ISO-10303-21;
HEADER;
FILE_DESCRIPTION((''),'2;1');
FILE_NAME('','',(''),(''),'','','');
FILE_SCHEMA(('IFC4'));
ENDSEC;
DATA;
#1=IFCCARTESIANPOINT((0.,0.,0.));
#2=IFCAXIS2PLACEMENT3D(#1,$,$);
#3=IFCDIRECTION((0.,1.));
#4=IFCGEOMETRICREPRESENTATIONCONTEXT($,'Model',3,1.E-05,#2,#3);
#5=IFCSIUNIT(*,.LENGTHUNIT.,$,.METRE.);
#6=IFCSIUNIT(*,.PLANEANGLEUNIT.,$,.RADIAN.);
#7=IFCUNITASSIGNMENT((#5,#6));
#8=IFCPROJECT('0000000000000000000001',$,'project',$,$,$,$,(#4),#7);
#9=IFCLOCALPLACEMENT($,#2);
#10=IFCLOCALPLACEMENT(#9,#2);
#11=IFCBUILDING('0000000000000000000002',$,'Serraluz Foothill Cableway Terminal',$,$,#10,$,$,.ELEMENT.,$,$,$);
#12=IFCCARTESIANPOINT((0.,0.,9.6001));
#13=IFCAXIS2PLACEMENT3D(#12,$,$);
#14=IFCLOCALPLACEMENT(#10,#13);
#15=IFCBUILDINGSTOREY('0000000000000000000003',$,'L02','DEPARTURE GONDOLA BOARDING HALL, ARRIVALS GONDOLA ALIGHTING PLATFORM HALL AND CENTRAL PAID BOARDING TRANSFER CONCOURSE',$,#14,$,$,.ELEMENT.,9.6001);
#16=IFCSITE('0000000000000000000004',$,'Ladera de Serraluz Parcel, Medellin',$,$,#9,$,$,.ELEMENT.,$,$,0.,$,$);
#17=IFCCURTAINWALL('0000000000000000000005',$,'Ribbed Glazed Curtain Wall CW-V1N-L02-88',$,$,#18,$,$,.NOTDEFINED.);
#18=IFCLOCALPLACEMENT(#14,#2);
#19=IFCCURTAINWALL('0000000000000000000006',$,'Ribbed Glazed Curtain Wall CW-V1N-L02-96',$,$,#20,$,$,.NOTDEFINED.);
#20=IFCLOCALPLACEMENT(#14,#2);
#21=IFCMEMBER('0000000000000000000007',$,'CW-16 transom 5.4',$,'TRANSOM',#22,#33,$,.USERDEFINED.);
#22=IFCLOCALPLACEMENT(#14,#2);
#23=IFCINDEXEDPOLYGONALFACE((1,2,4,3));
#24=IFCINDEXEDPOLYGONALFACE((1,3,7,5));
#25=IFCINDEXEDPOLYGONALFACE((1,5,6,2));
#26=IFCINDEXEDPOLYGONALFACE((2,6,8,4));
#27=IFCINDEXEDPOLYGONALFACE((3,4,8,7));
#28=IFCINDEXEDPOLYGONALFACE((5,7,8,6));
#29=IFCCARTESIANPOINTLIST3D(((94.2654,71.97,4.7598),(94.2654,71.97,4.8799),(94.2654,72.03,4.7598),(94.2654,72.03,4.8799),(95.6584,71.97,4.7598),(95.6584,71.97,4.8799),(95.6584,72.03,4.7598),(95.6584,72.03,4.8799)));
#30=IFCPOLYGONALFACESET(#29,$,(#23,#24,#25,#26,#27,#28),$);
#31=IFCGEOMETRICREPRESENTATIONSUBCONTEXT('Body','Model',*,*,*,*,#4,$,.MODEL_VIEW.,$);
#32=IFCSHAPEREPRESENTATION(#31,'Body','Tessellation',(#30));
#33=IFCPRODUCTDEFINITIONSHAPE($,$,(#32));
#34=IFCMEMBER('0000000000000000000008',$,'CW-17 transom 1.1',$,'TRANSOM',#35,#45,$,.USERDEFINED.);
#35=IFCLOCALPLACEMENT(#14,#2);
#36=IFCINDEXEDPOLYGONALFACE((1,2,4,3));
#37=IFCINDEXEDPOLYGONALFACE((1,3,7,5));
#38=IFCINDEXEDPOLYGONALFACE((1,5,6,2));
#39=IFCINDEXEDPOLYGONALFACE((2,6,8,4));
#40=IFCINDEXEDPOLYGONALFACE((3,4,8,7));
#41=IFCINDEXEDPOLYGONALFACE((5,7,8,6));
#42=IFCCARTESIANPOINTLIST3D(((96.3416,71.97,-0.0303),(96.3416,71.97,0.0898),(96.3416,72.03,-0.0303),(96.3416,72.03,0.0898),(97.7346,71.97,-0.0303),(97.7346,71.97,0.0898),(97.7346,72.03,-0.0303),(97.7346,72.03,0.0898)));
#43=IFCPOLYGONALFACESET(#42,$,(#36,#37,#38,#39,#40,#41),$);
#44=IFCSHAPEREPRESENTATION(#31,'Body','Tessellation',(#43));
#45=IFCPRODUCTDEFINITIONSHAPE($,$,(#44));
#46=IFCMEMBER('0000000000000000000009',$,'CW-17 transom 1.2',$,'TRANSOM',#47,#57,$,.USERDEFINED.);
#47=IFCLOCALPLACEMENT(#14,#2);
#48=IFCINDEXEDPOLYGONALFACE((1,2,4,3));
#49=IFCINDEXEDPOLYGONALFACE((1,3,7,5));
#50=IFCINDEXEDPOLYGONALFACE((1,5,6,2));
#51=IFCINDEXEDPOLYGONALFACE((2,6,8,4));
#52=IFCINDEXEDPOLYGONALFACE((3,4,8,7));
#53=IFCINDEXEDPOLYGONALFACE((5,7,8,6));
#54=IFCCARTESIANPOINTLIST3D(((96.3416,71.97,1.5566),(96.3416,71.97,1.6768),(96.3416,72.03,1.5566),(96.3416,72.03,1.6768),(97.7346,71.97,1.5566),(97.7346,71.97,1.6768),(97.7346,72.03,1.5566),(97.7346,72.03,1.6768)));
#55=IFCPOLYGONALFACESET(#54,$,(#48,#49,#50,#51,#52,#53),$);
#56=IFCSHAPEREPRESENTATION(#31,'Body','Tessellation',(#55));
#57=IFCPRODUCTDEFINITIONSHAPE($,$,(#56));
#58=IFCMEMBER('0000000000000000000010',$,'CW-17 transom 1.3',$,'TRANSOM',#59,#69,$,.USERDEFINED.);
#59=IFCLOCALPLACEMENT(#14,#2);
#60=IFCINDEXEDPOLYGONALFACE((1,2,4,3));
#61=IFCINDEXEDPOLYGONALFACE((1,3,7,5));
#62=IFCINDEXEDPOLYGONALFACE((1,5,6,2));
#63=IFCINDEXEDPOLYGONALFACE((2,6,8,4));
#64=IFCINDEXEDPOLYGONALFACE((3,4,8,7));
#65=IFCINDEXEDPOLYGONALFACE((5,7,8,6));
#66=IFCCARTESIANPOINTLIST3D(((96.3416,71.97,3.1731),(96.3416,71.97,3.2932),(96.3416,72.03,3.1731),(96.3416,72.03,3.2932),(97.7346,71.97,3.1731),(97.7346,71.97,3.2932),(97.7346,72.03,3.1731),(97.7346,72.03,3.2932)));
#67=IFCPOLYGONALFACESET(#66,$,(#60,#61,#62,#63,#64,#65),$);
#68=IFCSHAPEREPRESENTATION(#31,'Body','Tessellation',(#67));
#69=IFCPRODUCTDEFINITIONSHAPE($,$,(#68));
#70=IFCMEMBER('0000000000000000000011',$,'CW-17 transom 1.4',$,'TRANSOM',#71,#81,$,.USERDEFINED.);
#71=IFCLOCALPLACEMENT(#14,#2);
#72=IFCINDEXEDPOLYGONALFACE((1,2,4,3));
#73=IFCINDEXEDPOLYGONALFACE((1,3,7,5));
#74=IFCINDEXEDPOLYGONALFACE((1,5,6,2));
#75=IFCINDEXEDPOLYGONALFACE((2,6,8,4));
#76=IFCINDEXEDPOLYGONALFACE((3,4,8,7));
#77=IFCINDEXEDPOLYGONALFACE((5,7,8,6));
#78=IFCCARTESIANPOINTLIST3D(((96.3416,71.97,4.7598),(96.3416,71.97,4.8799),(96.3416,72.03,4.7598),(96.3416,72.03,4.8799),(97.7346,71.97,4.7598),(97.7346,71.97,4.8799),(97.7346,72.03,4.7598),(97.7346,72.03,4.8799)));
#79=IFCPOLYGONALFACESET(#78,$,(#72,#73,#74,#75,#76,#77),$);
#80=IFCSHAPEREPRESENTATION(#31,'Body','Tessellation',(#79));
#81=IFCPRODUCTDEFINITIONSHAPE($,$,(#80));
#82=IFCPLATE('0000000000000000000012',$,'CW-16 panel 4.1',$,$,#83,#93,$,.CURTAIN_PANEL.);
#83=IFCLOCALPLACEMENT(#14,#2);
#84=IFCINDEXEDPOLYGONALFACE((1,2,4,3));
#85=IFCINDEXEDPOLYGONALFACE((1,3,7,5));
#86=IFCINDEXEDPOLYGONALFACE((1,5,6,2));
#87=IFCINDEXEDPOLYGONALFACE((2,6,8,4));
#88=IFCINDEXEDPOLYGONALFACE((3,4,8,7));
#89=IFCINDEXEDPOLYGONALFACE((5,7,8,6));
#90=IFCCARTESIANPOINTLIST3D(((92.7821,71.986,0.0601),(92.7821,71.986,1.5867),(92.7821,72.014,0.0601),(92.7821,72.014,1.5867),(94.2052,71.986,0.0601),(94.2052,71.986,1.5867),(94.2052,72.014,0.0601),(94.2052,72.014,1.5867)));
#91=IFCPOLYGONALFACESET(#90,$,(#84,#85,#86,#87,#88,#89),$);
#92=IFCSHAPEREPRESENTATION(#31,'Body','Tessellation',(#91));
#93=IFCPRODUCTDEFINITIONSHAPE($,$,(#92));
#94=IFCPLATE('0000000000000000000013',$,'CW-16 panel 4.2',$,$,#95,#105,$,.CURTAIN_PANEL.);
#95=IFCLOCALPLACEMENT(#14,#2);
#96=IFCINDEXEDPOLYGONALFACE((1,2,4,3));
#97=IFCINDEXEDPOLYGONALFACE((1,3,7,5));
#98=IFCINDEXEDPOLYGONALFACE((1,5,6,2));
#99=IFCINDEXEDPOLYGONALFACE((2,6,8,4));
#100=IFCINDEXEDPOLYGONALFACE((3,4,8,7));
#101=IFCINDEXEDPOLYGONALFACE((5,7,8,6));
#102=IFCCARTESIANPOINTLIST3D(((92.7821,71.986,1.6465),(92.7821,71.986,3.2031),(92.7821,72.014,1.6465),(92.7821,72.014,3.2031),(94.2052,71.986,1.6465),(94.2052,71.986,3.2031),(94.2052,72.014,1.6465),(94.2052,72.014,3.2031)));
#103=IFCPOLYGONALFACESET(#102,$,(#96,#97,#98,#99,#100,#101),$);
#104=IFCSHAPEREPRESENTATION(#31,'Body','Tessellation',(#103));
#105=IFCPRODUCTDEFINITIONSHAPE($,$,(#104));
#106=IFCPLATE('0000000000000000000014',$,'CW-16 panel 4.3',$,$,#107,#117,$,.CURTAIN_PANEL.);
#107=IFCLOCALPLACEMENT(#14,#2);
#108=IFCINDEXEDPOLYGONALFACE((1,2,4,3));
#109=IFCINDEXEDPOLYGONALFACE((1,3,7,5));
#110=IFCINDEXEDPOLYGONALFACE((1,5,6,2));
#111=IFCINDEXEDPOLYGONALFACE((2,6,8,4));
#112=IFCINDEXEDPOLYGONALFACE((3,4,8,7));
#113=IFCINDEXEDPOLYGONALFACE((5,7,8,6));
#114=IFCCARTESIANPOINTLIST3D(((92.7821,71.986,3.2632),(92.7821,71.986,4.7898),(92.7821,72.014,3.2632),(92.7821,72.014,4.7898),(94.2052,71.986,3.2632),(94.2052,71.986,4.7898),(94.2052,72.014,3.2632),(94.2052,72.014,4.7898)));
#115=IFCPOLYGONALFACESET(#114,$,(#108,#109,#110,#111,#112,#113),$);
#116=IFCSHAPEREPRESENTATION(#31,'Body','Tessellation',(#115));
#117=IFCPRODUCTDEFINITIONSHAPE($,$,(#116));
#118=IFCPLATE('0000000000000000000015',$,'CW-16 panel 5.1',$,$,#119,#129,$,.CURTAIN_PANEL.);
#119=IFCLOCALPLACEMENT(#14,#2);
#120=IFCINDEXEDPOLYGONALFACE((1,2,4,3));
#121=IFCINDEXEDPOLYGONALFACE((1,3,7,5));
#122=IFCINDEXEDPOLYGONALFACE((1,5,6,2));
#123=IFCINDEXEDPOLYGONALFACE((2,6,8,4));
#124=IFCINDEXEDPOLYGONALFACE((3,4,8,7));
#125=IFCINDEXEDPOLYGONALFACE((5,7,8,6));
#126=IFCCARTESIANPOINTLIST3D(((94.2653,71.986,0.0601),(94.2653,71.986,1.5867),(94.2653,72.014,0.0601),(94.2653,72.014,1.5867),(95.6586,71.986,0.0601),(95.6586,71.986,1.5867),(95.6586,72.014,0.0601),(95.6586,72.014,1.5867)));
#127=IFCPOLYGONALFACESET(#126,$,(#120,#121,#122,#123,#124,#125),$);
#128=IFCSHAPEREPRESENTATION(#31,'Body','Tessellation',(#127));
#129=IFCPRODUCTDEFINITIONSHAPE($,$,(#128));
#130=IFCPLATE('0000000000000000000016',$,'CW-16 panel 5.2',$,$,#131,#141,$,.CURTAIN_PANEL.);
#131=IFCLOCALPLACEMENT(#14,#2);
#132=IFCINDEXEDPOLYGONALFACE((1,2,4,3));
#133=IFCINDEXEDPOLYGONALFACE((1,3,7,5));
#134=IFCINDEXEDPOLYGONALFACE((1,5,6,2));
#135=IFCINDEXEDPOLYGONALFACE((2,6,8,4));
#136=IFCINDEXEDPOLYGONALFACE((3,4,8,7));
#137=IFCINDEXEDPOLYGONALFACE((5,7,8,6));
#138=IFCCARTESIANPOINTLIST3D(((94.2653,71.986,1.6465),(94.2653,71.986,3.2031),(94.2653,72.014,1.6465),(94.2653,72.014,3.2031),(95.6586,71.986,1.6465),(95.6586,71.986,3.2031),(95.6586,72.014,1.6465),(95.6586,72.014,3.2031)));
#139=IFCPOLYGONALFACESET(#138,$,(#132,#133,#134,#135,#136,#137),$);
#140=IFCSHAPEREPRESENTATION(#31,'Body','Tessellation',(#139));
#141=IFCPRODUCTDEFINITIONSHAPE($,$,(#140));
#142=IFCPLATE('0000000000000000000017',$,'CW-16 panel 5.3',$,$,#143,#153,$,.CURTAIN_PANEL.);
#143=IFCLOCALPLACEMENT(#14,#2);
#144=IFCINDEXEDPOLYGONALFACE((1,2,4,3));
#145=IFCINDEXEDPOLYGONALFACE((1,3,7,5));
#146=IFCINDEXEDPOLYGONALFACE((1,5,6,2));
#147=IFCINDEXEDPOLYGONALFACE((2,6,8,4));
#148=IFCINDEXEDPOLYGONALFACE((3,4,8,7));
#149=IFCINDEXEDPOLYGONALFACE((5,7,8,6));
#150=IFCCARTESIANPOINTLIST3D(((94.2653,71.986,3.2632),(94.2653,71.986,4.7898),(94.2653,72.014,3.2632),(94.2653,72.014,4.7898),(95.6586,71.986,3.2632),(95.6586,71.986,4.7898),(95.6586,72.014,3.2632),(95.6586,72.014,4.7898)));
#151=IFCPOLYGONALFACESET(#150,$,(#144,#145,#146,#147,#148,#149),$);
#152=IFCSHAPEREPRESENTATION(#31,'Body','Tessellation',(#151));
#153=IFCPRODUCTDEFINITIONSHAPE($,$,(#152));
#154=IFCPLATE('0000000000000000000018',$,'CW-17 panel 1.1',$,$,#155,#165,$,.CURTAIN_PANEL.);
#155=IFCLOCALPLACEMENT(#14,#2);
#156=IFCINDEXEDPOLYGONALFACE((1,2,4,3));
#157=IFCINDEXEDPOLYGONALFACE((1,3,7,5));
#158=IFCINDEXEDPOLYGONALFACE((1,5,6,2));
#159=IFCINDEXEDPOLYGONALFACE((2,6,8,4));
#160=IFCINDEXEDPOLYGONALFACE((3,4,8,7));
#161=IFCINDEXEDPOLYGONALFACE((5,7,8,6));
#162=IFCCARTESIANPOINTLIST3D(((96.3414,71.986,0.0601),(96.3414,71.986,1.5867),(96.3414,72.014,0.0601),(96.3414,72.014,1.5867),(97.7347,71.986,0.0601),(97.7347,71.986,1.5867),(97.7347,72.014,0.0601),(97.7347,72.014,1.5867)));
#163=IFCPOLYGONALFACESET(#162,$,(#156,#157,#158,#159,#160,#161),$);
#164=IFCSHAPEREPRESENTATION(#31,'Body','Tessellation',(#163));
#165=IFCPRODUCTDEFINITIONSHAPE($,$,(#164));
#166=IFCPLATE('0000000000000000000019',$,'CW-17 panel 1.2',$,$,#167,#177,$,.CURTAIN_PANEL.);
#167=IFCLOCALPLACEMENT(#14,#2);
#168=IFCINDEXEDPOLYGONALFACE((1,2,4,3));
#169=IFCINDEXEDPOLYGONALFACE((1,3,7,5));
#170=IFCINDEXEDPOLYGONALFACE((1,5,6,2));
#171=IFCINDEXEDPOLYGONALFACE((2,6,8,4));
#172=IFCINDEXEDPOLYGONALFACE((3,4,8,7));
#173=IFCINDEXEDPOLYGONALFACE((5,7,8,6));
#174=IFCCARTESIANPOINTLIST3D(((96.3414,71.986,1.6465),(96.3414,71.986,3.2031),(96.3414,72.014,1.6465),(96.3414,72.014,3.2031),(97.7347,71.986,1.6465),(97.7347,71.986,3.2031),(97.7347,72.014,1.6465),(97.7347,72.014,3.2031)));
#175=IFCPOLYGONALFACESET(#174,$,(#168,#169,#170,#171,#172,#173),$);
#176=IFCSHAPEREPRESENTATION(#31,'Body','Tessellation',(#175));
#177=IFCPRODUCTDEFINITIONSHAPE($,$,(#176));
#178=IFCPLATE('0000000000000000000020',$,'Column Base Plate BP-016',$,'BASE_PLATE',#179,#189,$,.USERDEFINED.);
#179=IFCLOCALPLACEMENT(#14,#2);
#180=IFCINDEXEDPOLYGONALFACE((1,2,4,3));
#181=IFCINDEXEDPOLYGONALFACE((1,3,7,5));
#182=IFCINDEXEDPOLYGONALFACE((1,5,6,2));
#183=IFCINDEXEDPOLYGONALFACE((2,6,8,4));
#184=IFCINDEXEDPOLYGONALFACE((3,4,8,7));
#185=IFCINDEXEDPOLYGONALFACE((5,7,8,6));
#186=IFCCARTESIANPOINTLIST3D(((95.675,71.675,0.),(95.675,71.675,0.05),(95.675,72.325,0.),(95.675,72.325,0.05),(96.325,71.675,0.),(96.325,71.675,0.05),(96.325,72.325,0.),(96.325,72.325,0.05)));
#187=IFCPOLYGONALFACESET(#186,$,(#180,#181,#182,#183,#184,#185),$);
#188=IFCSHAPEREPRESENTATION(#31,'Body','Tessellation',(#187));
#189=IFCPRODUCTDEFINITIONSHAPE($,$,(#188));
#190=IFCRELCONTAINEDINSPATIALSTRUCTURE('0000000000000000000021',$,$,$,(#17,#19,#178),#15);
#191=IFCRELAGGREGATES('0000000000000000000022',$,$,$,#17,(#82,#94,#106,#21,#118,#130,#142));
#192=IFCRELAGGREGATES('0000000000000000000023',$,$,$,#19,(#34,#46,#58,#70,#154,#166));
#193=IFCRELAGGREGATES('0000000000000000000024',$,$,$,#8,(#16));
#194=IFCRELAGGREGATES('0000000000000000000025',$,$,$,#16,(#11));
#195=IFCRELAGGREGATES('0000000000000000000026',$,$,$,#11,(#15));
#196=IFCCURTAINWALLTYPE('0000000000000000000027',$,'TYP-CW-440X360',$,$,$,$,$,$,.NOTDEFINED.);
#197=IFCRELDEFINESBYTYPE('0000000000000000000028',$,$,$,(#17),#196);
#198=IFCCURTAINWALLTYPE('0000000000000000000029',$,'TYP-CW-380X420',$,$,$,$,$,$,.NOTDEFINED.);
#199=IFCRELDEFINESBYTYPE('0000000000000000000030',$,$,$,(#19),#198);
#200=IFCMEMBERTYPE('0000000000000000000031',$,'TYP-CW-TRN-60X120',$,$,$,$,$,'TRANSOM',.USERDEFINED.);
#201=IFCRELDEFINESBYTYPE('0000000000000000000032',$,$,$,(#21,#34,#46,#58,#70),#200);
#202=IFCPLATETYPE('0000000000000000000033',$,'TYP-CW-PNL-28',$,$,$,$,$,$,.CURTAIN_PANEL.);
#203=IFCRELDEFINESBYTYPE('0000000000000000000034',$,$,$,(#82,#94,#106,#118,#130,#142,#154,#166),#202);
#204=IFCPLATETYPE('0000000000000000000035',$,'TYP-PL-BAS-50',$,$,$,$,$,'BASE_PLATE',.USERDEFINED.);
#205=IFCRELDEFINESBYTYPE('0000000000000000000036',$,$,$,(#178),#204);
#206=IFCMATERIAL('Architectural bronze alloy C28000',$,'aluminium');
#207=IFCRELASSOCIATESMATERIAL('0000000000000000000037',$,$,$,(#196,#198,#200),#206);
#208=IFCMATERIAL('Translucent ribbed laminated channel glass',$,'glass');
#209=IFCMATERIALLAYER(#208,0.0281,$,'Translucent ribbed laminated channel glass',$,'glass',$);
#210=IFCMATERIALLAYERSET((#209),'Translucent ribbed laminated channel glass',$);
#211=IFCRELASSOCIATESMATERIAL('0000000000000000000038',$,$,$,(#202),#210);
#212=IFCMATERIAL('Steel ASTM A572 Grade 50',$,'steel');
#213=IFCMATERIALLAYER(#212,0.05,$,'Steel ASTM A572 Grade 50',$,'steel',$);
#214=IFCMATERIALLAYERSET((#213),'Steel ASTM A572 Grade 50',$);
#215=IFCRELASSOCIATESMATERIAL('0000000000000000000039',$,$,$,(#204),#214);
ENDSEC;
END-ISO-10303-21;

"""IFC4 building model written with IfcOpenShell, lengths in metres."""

from ifc_helpers import new_model, si_unit, direction, frame, origin, origin_2d, place, context, subcontext, project, spatial, rectangle, extrude, material, layer, layer_set, material_profile, profile_set, type_object, element, aggregate, save


model = new_model("IFC4")

# Units and contexts
model_context = context("Model", 3, precision=1e-05, world=origin(), true_north=direction((0.0, 1.0)))
body_context = subcontext(model_context, "Body", "Model", "MODEL_VIEW")
ifc_project = project(units=[si_unit("LENGTHUNIT", "METRE"), si_unit("PLANEANGLEUNIT", "RADIAN")], contexts=[model_context])

# Site, building, storey
site_placement = place(None, origin())
site = spatial("IfcSite", under=ifc_project, at=site_placement, Name="Ladera de Serraluz Parcel, Medellin", CompositionType="ELEMENT", RefElevation=0.0)
building_placement = place(site_placement, origin())
building = spatial("IfcBuilding", under=site, at=building_placement, Name="Serraluz Foothill Cableway Terminal", CompositionType="ELEMENT")
storey_placement = place(building_placement, frame((0.0, 0.0, 9.6001)))
storey = spatial("IfcBuildingStorey", under=building, at=storey_placement, Name="L02", Description="DEPARTURE GONDOLA BOARDING HALL, ARRIVALS GONDOLA ALIGHTING PLATFORM HALL AND CENTRAL PAID BOARDING TRANSFER CONCOURSE", CompositionType="ELEMENT", Elevation=9.6001)

# Curtain wall
ifc_material_1 = material(Name="Architectural bronze alloy C28000", Category="aluminium")
curtain_wall_type_1 = type_object("IfcCurtainWallType", Name="TYP-CW-440X360", PredefinedType="NOTDEFINED", material=ifc_material_1)
curtain_wall_1_placement = place(storey_placement, origin())
curtain_wall_1 = element("IfcCurtainWall", 1, at=curtain_wall_1_placement, inside=storey, type_object=curtain_wall_type_1, Name="Ribbed Glazed Curtain Wall CW-V1N-L02-88", PredefinedType="NOTDEFINED")

# Curtain wall
curtain_wall_type_2 = type_object("IfcCurtainWallType", Name="TYP-CW-380X420", PredefinedType="NOTDEFINED", material=ifc_material_1)
curtain_wall_2_placement = place(storey_placement, origin())
curtain_wall_2 = element("IfcCurtainWall", 2, at=curtain_wall_2_placement, inside=storey, type_object=curtain_wall_type_2, Name="Ribbed Glazed Curtain Wall CW-V1N-L02-96", PredefinedType="NOTDEFINED")

# Members
ifc_material_profile_1 = material_profile(ifc_material_1, rectangle(XDim=0.0601, YDim=0.1201, at=origin_2d()), Name="ALU TRANSOM 60x120")
ifc_profile_set_1 = profile_set([ifc_material_profile_1], Name="Architectural bronze alloy C28000")
member_type_1 = type_object("IfcMemberType", Name="TYP-CW-TRN-60X120", ElementType="TRANSOM", PredefinedType="USERDEFINED", material=ifc_profile_set_1)
member_1_placement = place(storey_placement, frame((94.2654, 72.0, 4.8198), z_axis=(1.0, 0.0, 0.0), x_axis=(0.0, 1.0, 0.0)))
member_1 = element("IfcMember", 3, at=member_1_placement, type_object=member_type_1, Name="CW-16 transom 5.4", ObjectType="TRANSOM", PredefinedType="USERDEFINED", context=body_context, shape_type="SweptSolid", body=[
    extrude(rectangle(XDim=0.0601, YDim=0.1201, at=origin_2d()), origin(), (0.0, 0.0, 1.0), 1.3931),
])
member_2_placement = place(storey_placement, frame((96.3416, 72.0, 0.0298), z_axis=(1.0, 0.0, 0.0), x_axis=(0.0, 1.0, 0.0)))
member_2 = element("IfcMember", 4, at=member_2_placement, type_object=member_type_1, Name="CW-17 transom 1.1", ObjectType="TRANSOM", PredefinedType="USERDEFINED", context=body_context, shape_type="SweptSolid", body=[
    extrude(rectangle(XDim=0.0601, YDim=0.1201, at=origin_2d()), origin(), (0.0, 0.0, 1.0), 1.3931),
])
member_3_placement = place(storey_placement, frame((96.3416, 72.0, 1.6167), z_axis=(1.0, 0.0, 0.0), x_axis=(0.0, 1.0, 0.0)))
member_3 = element("IfcMember", 5, at=member_3_placement, type_object=member_type_1, Name="CW-17 transom 1.2", ObjectType="TRANSOM", PredefinedType="USERDEFINED", context=body_context, shape_type="SweptSolid", body=[
    extrude(rectangle(XDim=0.0601, YDim=0.1201, at=origin_2d()), origin(), (0.0, 0.0, 1.0), 1.3931),
])
member_4_placement = place(storey_placement, frame((96.3416, 72.0, 3.2332), z_axis=(1.0, 0.0, 0.0), x_axis=(0.0, 1.0, 0.0)))
member_4 = element("IfcMember", 6, at=member_4_placement, type_object=member_type_1, Name="CW-17 transom 1.3", ObjectType="TRANSOM", PredefinedType="USERDEFINED", context=body_context, shape_type="SweptSolid", body=[
    extrude(rectangle(XDim=0.0601, YDim=0.1201, at=origin_2d()), origin(), (0.0, 0.0, 1.0), 1.3931),
])
member_5_placement = place(storey_placement, frame((96.3416, 72.0, 4.8198), z_axis=(1.0, 0.0, 0.0), x_axis=(0.0, 1.0, 0.0)))
member_5 = element("IfcMember", 7, at=member_5_placement, type_object=member_type_1, Name="CW-17 transom 1.4", ObjectType="TRANSOM", PredefinedType="USERDEFINED", context=body_context, shape_type="SweptSolid", body=[
    extrude(rectangle(XDim=0.0601, YDim=0.1201, at=origin_2d()), origin(), (0.0, 0.0, 1.0), 1.3931),
])

# Plates
ifc_material_2 = material(Name="Translucent ribbed laminated channel glass", Category="glass")
ifc_layer_1 = layer(ifc_material_2, 0.0281, Name="Translucent ribbed laminated channel glass", Category="glass")
ifc_layer_set_1 = layer_set([ifc_layer_1], Name="Translucent ribbed laminated channel glass")
plate_type_1 = type_object("IfcPlateType", Name="TYP-CW-PNL-28", PredefinedType="CURTAIN_PANEL", material=ifc_layer_set_1)
plate_1_placement = place(storey_placement, frame((93.4937, 72.0, 0.0601), z_axis=(0.0, 0.0, 1.0), x_axis=(1.0, 0.0, 0.0)))
plate_1 = element("IfcPlate", 8, at=plate_1_placement, type_object=plate_type_1, Name="CW-16 panel 4.1", PredefinedType="CURTAIN_PANEL", context=body_context, shape_type="SweptSolid", body=[
    extrude(rectangle(XDim=1.4231, YDim=0.0281, at=origin_2d()), origin(), (0.0, 0.0, 1.0), 1.5266),
])
plate_2_placement = place(storey_placement, frame((93.4937, 72.0, 1.6465), z_axis=(0.0, 0.0, 1.0), x_axis=(1.0, 0.0, 0.0)))
plate_2 = element("IfcPlate", 9, at=plate_2_placement, type_object=plate_type_1, Name="CW-16 panel 4.2", PredefinedType="CURTAIN_PANEL", context=body_context, shape_type="SweptSolid", body=[
    extrude(rectangle(XDim=1.4231, YDim=0.0281, at=origin_2d()), origin(), (0.0, 0.0, 1.0), 1.5566),
])
plate_3_placement = place(storey_placement, frame((93.4937, 72.0, 3.2632), z_axis=(0.0, 0.0, 1.0), x_axis=(1.0, 0.0, 0.0)))
plate_3 = element("IfcPlate", 10, at=plate_3_placement, type_object=plate_type_1, Name="CW-16 panel 4.3", PredefinedType="CURTAIN_PANEL", context=body_context, shape_type="SweptSolid", body=[
    extrude(rectangle(XDim=1.4231, YDim=0.0281, at=origin_2d()), origin(), (0.0, 0.0, 1.0), 1.5266),
])
plate_4_placement = place(storey_placement, frame((94.9619, 72.0, 0.0601), z_axis=(0.0, 0.0, 1.0), x_axis=(1.0, 0.0, 0.0)))
plate_4 = element("IfcPlate", 11, at=plate_4_placement, type_object=plate_type_1, Name="CW-16 panel 5.1", PredefinedType="CURTAIN_PANEL", context=body_context, shape_type="SweptSolid", body=[
    extrude(rectangle(XDim=1.3933, YDim=0.0281, at=origin_2d()), origin(), (0.0, 0.0, 1.0), 1.5266),
])
plate_5_placement = place(storey_placement, frame((94.9619, 72.0, 1.6465), z_axis=(0.0, 0.0, 1.0), x_axis=(1.0, 0.0, 0.0)))
plate_5 = element("IfcPlate", 12, at=plate_5_placement, type_object=plate_type_1, Name="CW-16 panel 5.2", PredefinedType="CURTAIN_PANEL", context=body_context, shape_type="SweptSolid", body=[
    extrude(rectangle(XDim=1.3933, YDim=0.0281, at=origin_2d()), origin(), (0.0, 0.0, 1.0), 1.5566),
])
plate_6_placement = place(storey_placement, frame((94.9619, 72.0, 3.2632), z_axis=(0.0, 0.0, 1.0), x_axis=(1.0, 0.0, 0.0)))
plate_6 = element("IfcPlate", 13, at=plate_6_placement, type_object=plate_type_1, Name="CW-16 panel 5.3", PredefinedType="CURTAIN_PANEL", context=body_context, shape_type="SweptSolid", body=[
    extrude(rectangle(XDim=1.3933, YDim=0.0281, at=origin_2d()), origin(), (0.0, 0.0, 1.0), 1.5266),
])
aggregate(curtain_wall_1, [plate_1, plate_2, plate_3, member_1, plate_4, plate_5, plate_6])
plate_7_placement = place(storey_placement, frame((97.0381, 72.0, 0.0601), z_axis=(0.0, 0.0, 1.0), x_axis=(1.0, 0.0, 0.0)))
plate_7 = element("IfcPlate", 14, at=plate_7_placement, type_object=plate_type_1, Name="CW-17 panel 1.1", PredefinedType="CURTAIN_PANEL", context=body_context, shape_type="SweptSolid", body=[
    extrude(rectangle(XDim=1.3933, YDim=0.0281, at=origin_2d()), origin(), (0.0, 0.0, 1.0), 1.5266),
])
plate_8_placement = place(storey_placement, frame((97.0381, 72.0, 1.6465), z_axis=(0.0, 0.0, 1.0), x_axis=(1.0, 0.0, 0.0)))
plate_8 = element("IfcPlate", 15, at=plate_8_placement, type_object=plate_type_1, Name="CW-17 panel 1.2", PredefinedType="CURTAIN_PANEL", context=body_context, shape_type="SweptSolid", body=[
    extrude(rectangle(XDim=1.3933, YDim=0.0281, at=origin_2d()), origin(), (0.0, 0.0, 1.0), 1.5566),
])
aggregate(curtain_wall_2, [member_2, member_3, member_4, member_5, plate_7, plate_8])
ifc_material_3 = material(Name="Steel ASTM A572 Grade 50", Category="steel")
ifc_layer_2 = layer(ifc_material_3, 0.05, Name="Steel ASTM A572 Grade 50", Category="steel")
ifc_layer_set_2 = layer_set([ifc_layer_2], Name="Steel ASTM A572 Grade 50")
plate_type_2 = type_object("IfcPlateType", Name="TYP-PL-BAS-50", ElementType="BASE_PLATE", PredefinedType="USERDEFINED", material=ifc_layer_set_2)
plate_9_placement = place(storey_placement, frame((96.0, 72.0, 0.0), z_axis=(0.0, 0.0, 1.0), x_axis=(1.0, 0.0, 0.0)))
element("IfcPlate", 16, at=plate_9_placement, inside=storey, type_object=plate_type_2, Name="Column Base Plate BP-016", ObjectType="BASE_PLATE", PredefinedType="USERDEFINED", context=body_context, shape_type="SweptSolid", body=[
    extrude(rectangle(XDim=0.6499, YDim=0.6499, at=origin_2d()), origin(), (0.0, 0.0, 1.0), 0.05),
])

save(model, "model.ifc")
